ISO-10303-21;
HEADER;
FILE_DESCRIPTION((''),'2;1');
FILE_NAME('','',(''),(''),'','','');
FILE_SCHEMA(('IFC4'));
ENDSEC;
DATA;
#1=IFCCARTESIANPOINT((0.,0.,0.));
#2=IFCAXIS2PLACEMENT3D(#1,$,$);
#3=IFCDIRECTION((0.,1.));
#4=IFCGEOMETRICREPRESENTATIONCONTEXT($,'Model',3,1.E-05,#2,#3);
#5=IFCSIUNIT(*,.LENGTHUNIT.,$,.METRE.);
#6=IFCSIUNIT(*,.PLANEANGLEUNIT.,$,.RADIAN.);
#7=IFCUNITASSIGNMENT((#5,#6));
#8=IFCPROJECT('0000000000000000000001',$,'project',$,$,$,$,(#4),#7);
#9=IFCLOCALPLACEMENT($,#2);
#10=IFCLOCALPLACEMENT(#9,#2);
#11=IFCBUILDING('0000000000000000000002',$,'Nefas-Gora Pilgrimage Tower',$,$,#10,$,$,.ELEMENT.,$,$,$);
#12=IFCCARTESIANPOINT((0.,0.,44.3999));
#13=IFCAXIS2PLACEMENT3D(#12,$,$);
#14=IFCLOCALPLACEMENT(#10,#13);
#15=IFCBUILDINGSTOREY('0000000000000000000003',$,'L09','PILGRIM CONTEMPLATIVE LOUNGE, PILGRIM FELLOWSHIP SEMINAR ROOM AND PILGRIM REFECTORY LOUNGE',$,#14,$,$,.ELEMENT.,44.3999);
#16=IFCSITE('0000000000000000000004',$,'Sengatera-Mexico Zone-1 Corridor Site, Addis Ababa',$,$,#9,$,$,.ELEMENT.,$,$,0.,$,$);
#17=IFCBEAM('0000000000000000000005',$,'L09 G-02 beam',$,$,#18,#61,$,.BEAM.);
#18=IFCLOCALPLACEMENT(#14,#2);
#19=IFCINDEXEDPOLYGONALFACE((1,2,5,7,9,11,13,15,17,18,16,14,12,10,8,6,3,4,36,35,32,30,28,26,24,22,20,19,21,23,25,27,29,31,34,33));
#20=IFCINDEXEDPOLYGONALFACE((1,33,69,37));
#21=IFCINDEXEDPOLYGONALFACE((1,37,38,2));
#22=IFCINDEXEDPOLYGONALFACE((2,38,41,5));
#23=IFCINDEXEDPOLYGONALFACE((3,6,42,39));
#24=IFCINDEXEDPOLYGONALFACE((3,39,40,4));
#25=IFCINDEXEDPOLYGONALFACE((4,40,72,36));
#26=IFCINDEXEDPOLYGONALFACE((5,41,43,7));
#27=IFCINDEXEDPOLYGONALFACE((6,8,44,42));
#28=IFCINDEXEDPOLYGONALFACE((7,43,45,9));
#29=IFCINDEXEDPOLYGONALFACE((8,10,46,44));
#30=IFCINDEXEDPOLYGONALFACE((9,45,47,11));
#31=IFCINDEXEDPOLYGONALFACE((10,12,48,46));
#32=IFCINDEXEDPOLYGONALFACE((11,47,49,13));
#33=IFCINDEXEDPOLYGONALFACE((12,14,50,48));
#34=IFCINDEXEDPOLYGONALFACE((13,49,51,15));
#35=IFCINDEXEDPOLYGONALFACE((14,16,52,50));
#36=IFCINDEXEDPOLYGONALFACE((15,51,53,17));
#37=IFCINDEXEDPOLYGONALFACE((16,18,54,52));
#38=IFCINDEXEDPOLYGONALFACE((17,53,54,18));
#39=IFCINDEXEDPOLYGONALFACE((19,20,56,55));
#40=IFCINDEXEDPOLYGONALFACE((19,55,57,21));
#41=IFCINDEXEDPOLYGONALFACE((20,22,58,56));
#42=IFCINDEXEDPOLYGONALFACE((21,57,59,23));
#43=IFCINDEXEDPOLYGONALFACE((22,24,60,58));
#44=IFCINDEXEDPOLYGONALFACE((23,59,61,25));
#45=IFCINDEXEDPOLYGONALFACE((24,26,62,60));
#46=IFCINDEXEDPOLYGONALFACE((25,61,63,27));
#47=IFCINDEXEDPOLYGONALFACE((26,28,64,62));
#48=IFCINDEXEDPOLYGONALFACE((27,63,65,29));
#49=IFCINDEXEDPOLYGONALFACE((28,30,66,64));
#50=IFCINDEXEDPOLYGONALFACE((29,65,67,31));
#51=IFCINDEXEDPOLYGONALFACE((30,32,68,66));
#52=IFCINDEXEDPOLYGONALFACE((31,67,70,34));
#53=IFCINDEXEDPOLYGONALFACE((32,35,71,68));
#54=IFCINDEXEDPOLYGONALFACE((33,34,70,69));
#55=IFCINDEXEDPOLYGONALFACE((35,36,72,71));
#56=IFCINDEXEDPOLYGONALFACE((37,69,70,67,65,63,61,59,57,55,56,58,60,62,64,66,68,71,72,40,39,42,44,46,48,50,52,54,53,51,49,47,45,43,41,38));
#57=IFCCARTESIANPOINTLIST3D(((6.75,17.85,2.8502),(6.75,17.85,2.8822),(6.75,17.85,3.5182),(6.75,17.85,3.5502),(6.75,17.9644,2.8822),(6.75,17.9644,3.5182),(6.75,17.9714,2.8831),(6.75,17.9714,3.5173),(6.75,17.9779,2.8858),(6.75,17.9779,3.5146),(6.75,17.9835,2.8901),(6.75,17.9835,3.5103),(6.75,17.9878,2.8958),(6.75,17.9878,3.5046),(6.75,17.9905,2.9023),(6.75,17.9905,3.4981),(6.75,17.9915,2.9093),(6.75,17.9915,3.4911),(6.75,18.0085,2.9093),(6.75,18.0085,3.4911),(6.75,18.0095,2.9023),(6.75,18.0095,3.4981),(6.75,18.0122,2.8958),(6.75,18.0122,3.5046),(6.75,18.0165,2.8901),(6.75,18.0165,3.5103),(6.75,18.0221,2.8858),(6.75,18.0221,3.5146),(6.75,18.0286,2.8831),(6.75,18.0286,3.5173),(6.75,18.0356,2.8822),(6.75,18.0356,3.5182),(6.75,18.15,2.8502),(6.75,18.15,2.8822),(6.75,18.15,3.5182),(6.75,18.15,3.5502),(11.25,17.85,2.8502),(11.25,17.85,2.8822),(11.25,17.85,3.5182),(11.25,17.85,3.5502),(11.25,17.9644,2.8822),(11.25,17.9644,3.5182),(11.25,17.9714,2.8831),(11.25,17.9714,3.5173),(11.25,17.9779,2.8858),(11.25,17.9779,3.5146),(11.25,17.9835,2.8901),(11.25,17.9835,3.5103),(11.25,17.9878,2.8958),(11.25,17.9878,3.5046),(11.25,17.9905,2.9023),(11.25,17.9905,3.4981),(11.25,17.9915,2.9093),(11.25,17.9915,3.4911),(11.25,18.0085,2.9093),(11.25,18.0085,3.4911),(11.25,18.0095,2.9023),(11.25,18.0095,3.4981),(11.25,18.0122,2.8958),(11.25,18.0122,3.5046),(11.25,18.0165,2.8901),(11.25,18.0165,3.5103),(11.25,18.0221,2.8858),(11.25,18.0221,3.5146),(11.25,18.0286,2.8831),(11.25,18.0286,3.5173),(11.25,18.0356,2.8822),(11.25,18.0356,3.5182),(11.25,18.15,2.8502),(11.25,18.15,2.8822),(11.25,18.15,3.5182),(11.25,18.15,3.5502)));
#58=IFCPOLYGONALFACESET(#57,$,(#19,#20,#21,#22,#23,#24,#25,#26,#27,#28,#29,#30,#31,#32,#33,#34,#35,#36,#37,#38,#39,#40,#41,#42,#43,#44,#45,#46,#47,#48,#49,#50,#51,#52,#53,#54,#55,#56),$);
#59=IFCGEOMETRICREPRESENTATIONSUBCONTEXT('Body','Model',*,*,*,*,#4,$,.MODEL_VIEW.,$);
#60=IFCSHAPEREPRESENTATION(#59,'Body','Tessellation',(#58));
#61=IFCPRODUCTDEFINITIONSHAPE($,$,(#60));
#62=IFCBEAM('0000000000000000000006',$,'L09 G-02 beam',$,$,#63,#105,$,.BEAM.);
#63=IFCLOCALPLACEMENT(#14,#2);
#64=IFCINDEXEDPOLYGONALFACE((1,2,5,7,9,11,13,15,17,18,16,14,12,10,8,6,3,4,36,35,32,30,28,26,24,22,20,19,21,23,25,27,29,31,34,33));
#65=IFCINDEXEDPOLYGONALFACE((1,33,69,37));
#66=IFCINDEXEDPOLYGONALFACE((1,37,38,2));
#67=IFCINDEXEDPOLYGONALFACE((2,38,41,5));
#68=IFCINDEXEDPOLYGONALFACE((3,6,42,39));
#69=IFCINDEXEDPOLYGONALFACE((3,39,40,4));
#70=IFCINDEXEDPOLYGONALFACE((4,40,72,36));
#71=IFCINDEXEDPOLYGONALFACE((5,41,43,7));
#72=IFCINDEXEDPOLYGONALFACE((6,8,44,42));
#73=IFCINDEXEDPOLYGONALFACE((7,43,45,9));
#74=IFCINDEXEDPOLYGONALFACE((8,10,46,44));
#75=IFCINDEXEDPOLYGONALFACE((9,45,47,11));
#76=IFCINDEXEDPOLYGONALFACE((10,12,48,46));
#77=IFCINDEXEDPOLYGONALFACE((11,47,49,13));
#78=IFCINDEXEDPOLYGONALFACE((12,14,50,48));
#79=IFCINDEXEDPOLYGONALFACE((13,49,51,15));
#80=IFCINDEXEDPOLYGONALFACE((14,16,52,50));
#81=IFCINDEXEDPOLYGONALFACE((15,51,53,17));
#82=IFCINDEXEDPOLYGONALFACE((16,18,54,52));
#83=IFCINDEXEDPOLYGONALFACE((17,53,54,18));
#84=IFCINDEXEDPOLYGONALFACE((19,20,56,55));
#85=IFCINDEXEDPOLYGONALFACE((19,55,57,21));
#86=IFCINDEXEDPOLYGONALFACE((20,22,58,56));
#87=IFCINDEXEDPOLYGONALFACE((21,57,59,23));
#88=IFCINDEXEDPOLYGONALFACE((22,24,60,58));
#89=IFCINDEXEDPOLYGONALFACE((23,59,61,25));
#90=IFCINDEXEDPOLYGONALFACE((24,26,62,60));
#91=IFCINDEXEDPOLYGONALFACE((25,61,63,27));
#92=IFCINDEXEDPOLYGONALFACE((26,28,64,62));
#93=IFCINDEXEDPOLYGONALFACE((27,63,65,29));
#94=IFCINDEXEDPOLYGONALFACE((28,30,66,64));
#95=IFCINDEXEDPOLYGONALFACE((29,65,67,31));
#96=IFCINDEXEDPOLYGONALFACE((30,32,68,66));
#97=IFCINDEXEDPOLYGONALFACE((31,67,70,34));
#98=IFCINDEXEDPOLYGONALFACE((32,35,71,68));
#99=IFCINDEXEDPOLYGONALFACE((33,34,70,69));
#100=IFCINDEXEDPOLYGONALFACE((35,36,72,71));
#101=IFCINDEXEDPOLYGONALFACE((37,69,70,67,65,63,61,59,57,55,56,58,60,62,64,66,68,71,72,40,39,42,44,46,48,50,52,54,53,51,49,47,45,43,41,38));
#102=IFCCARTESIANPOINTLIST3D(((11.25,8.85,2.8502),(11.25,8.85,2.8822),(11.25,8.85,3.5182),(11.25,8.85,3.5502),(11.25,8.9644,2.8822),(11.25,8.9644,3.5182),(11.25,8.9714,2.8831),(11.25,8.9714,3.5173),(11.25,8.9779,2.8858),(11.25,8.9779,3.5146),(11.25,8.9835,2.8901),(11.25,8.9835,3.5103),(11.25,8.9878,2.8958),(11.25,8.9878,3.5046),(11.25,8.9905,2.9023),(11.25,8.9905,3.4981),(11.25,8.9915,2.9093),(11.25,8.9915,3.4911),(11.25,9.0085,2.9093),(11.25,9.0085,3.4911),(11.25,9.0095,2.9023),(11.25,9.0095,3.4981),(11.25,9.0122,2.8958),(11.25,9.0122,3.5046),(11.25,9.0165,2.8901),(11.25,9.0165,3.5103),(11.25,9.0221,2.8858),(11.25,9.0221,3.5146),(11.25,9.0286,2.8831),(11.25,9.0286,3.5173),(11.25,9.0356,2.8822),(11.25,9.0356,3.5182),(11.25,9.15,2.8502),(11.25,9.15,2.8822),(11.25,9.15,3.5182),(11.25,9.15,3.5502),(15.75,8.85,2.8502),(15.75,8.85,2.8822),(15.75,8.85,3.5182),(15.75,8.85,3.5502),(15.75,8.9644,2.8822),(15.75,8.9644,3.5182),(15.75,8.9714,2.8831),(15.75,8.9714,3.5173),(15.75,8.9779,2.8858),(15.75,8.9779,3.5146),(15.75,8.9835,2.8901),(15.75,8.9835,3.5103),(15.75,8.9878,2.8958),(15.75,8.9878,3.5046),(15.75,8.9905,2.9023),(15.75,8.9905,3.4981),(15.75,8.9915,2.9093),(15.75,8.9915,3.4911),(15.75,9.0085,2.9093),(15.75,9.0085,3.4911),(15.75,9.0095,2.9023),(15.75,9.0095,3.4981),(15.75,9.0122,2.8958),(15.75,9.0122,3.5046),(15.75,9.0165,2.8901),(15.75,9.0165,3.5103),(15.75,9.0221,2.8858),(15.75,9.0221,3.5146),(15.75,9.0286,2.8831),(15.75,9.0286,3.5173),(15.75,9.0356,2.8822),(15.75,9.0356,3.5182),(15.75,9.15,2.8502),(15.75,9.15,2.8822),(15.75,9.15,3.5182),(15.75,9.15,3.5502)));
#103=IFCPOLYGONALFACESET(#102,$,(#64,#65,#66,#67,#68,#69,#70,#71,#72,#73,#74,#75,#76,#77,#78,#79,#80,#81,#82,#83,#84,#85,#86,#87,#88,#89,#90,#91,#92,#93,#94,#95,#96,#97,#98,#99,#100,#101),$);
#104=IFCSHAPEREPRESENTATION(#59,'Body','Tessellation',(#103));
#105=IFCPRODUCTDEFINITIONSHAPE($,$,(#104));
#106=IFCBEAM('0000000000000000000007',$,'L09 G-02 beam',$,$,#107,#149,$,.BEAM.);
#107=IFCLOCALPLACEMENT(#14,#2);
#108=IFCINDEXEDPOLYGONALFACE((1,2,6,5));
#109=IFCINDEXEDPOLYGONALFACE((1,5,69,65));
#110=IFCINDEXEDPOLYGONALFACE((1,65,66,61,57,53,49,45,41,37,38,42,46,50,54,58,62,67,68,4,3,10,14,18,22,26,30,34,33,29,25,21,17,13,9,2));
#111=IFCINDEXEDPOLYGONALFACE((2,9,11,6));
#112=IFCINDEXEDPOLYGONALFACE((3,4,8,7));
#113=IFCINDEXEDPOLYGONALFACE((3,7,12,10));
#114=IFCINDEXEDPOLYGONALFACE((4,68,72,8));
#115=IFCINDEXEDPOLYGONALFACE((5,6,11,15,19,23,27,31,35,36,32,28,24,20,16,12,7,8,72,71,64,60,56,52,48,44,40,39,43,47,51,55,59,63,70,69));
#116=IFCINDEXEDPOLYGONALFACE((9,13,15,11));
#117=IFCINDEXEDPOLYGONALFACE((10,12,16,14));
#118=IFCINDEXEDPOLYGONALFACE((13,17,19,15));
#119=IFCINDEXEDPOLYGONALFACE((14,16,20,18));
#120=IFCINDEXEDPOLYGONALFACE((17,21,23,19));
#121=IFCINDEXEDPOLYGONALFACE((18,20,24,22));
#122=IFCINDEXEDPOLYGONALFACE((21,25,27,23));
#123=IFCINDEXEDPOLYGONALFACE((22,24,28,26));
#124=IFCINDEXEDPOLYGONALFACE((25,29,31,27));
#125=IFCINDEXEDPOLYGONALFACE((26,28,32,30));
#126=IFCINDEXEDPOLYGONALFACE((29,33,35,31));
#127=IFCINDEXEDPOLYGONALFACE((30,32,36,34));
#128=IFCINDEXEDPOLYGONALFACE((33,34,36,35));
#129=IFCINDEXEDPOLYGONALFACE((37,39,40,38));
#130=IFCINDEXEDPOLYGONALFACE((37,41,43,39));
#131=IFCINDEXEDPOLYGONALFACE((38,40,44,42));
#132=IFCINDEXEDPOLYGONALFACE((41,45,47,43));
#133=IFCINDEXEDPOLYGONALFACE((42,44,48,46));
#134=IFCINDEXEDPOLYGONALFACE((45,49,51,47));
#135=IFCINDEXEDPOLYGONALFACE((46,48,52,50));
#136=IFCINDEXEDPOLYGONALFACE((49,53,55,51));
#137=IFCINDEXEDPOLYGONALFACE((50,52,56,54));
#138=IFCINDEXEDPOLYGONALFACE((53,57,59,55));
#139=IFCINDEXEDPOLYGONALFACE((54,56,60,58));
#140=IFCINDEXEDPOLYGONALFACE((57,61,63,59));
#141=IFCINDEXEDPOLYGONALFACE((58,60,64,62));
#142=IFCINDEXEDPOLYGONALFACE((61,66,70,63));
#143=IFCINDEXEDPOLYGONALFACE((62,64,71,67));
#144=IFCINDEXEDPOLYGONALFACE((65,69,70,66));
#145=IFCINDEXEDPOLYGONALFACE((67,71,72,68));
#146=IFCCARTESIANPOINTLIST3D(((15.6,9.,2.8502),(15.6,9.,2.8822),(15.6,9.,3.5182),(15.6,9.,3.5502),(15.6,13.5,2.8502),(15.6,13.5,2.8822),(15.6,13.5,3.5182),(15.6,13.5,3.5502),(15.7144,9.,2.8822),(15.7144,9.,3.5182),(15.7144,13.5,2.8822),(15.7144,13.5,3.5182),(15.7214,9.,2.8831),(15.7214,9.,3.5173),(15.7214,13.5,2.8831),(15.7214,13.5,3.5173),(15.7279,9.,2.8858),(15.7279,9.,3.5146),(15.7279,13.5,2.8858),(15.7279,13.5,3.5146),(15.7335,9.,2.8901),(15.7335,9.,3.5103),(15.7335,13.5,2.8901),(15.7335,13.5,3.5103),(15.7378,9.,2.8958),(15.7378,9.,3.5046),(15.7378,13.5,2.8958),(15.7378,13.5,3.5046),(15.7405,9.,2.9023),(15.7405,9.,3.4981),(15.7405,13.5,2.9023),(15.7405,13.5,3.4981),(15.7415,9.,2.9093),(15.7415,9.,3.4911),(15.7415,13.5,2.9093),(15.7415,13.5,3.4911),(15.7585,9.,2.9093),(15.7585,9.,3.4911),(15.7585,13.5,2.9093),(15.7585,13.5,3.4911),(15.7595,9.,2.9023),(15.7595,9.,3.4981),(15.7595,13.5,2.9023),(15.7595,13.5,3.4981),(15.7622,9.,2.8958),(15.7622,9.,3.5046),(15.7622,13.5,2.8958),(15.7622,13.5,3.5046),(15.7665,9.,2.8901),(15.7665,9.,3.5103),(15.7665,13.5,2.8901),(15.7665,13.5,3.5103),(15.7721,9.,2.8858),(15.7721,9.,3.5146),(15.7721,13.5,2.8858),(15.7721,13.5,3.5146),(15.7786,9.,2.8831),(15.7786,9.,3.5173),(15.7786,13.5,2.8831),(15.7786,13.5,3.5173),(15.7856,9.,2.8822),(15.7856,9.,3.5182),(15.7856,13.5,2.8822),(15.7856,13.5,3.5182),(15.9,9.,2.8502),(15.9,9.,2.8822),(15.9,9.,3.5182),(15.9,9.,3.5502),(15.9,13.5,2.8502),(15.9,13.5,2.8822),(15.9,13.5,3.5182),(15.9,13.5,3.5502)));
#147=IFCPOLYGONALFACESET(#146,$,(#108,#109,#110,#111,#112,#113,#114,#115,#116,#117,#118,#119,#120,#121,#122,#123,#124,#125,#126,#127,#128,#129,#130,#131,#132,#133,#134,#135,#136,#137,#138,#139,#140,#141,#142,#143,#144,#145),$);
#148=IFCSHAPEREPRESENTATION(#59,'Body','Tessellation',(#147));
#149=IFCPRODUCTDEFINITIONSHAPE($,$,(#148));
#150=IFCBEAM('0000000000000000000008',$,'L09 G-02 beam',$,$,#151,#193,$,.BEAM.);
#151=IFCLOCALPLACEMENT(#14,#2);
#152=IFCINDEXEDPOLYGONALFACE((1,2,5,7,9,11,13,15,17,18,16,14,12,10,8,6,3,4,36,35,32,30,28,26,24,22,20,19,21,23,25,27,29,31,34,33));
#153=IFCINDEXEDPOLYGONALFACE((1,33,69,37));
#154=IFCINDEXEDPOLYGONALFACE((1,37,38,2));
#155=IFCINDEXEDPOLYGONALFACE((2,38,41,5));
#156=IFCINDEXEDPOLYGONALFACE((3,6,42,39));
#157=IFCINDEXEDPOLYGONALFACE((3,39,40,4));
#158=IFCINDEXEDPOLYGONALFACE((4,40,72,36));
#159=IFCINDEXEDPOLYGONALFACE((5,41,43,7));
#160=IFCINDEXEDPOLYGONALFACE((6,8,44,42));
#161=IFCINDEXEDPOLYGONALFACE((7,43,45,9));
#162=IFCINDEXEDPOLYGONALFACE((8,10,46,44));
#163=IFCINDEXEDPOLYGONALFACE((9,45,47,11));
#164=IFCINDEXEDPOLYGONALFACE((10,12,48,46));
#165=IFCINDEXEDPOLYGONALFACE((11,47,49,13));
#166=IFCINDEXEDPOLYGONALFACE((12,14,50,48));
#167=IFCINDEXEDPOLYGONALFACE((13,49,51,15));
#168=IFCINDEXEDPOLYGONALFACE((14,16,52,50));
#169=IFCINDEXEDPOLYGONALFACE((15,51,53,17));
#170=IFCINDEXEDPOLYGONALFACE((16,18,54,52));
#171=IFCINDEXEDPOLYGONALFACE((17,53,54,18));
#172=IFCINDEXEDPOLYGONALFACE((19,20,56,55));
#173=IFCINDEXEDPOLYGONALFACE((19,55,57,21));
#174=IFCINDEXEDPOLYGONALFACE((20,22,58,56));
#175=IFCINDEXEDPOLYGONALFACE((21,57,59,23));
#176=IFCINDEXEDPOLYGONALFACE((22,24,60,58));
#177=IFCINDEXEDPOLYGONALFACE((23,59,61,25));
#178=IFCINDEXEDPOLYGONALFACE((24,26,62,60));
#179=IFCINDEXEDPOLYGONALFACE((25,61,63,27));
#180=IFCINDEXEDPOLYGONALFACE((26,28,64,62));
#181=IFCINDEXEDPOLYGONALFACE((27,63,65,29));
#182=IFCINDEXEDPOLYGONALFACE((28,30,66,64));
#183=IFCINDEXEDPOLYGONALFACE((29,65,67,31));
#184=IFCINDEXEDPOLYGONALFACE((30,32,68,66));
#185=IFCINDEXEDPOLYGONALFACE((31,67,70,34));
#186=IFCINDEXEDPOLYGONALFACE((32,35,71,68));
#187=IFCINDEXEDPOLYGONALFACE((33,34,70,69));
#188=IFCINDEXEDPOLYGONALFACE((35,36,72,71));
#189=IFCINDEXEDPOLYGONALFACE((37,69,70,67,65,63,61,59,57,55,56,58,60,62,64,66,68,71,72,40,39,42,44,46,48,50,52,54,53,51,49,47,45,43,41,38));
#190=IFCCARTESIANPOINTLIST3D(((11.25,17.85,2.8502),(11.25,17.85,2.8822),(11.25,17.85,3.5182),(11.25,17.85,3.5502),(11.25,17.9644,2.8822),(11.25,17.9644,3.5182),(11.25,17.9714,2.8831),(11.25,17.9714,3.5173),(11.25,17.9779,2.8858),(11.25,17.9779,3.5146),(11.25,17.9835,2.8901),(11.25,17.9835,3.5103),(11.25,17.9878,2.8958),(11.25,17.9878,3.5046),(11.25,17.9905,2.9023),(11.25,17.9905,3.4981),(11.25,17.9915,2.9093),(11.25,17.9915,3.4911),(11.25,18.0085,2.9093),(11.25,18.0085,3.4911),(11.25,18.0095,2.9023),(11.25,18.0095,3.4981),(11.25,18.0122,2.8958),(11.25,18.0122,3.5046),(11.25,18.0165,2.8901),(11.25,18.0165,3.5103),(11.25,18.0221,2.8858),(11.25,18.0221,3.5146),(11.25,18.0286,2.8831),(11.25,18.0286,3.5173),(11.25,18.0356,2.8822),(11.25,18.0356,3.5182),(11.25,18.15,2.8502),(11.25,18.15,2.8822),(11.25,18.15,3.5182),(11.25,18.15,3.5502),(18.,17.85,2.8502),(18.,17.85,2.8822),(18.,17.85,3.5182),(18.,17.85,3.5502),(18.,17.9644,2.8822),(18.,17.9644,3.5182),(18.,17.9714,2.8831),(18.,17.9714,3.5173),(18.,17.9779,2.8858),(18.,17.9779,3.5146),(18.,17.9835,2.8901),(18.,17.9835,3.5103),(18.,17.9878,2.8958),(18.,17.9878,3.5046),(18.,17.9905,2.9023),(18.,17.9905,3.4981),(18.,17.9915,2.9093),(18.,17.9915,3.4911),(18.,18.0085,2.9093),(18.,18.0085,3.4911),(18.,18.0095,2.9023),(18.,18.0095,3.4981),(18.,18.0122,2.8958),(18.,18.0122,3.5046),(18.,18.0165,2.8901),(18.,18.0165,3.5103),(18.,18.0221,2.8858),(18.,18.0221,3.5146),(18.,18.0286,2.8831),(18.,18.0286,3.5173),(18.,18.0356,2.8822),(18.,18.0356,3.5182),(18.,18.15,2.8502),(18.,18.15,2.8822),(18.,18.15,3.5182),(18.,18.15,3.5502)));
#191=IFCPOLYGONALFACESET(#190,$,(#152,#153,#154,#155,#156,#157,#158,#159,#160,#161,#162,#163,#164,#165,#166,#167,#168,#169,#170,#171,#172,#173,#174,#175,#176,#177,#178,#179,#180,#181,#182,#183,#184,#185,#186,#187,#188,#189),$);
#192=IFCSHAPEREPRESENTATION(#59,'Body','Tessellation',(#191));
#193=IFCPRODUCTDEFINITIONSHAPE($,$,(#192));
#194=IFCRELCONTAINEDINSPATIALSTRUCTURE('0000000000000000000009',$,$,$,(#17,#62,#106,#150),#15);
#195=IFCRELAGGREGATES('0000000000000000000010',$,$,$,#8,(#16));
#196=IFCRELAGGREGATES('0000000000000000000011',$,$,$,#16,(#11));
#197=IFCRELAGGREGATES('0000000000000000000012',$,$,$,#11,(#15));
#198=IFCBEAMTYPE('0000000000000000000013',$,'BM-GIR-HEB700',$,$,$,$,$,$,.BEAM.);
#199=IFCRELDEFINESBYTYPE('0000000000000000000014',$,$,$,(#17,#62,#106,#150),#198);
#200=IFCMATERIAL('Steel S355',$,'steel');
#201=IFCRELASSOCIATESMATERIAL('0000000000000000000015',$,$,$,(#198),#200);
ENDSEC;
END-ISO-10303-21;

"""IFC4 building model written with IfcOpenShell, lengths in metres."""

from ifc_helpers import new_model, si_unit, direction, frame, origin, origin_2d, place, context, subcontext, project, spatial, i_section, extrude, source, transform, mapped, material, material_profile, profile_set, type_object, element, save


model = new_model("IFC4")

# Units and contexts
model_context = context("Model", 3, precision=1e-05, world=origin(), true_north=direction((0.0, 1.0)))
body_context = subcontext(model_context, "Body", "Model", "MODEL_VIEW")
ifc_project = project(units=[si_unit("LENGTHUNIT", "METRE"), si_unit("PLANEANGLEUNIT", "RADIAN")], contexts=[model_context])

# Site, building, storey
site_placement = place(None, origin())
site = spatial("IfcSite", under=ifc_project, at=site_placement, Name="Sengatera-Mexico Zone-1 Corridor Site, Addis Ababa", CompositionType="ELEMENT", RefElevation=0.0)
building_placement = place(site_placement, origin())
building = spatial("IfcBuilding", under=site, at=building_placement, Name="Nefas-Gora Pilgrimage Tower", CompositionType="ELEMENT")
storey_placement = place(building_placement, frame((0.0, 0.0, 44.3999)))
storey = spatial("IfcBuildingStorey", under=building, at=storey_placement, Name="L09", Description="PILGRIM CONTEMPLATIVE LOUNGE, PILGRIM FELLOWSHIP SEMINAR ROOM AND PILGRIM REFECTORY LOUNGE", CompositionType="ELEMENT", Elevation=44.3999)

# Beams
ifc_material_1 = material(Name="Steel S355", Category="steel")
ifc_material_profile_1 = material_profile(ifc_material_1, i_section(OverallWidth=0.3, OverallDepth=0.7, WebThickness=0.0171, FlangeThickness=0.032, FilletRadius=0.0271, at=origin_2d()), Name="HEB 700")
ifc_profile_set_1 = profile_set([ifc_material_profile_1], Name="Steel S355")
beam_type_1 = type_object("IfcBeamType", Name="BM-GIR-HEB700", PredefinedType="BEAM", material=ifc_profile_set_1)
shared_shape_1 = source(origin(), body_context, "Body", "SweptSolid", [
    extrude(i_section(OverallWidth=0.3, OverallDepth=0.7, WebThickness=0.0171, FlangeThickness=0.032, FilletRadius=0.0271, at=origin_2d()), origin(), (0.0, 0.0, 1.0), 4.5),
])
for number, where, z_axis, x_axis, name in (
    (1, (6.75, 18.0, 3.2002), (1.0, 0.0, 0.0), (0.0, 1.0, 0.0), "L09 G-02 beam"),
    (2, (11.25, 9.0, 3.2002), (1.0, 0.0, 0.0), (0.0, 1.0, 0.0), "L09 G-02 beam"),
    (3, (15.75, 9.0, 3.2002), (0.0, 1.0, 0.0), (-1.0, 0.0, 0.0), "L09 G-02 beam"),
):
    element("IfcBeam", number, at=place(storey_placement, frame(where, z_axis=z_axis, x_axis=x_axis)), inside=storey, type_object=beam_type_1, Name=name, PredefinedType="BEAM", context=body_context, shape_type="MappedRepresentation", body=[
        mapped(shared_shape_1, transform((0.0, 0.0, 0.0), x_axis=(1.0, 0.0, 0.0), y_axis=(0.0, 1.0, 0.0), z_axis=(0.0, 0.0, 1.0), scale=1.0)),
    ])
shared_shape_2 = source(origin(), body_context, "Body", "SweptSolid", [
    extrude(i_section(OverallWidth=0.3, OverallDepth=0.7, WebThickness=0.0171, FlangeThickness=0.032, FilletRadius=0.0271, at=origin_2d()), origin(), (0.0, 0.0, 1.0), 6.75),
])
beam_1_placement = place(storey_placement, frame((11.25, 18.0, 3.2002), z_axis=(1.0, 0.0, 0.0), x_axis=(0.0, 1.0, 0.0)))
element("IfcBeam", 4, at=beam_1_placement, inside=storey, type_object=beam_type_1, Name="L09 G-02 beam", PredefinedType="BEAM", context=body_context, shape_type="MappedRepresentation", body=[
    mapped(shared_shape_2, transform((0.0, 0.0, 0.0), x_axis=(1.0, 0.0, 0.0), y_axis=(0.0, 1.0, 0.0), z_axis=(0.0, 0.0, 1.0), scale=1.0)),
])

save(model, "model.ifc")
